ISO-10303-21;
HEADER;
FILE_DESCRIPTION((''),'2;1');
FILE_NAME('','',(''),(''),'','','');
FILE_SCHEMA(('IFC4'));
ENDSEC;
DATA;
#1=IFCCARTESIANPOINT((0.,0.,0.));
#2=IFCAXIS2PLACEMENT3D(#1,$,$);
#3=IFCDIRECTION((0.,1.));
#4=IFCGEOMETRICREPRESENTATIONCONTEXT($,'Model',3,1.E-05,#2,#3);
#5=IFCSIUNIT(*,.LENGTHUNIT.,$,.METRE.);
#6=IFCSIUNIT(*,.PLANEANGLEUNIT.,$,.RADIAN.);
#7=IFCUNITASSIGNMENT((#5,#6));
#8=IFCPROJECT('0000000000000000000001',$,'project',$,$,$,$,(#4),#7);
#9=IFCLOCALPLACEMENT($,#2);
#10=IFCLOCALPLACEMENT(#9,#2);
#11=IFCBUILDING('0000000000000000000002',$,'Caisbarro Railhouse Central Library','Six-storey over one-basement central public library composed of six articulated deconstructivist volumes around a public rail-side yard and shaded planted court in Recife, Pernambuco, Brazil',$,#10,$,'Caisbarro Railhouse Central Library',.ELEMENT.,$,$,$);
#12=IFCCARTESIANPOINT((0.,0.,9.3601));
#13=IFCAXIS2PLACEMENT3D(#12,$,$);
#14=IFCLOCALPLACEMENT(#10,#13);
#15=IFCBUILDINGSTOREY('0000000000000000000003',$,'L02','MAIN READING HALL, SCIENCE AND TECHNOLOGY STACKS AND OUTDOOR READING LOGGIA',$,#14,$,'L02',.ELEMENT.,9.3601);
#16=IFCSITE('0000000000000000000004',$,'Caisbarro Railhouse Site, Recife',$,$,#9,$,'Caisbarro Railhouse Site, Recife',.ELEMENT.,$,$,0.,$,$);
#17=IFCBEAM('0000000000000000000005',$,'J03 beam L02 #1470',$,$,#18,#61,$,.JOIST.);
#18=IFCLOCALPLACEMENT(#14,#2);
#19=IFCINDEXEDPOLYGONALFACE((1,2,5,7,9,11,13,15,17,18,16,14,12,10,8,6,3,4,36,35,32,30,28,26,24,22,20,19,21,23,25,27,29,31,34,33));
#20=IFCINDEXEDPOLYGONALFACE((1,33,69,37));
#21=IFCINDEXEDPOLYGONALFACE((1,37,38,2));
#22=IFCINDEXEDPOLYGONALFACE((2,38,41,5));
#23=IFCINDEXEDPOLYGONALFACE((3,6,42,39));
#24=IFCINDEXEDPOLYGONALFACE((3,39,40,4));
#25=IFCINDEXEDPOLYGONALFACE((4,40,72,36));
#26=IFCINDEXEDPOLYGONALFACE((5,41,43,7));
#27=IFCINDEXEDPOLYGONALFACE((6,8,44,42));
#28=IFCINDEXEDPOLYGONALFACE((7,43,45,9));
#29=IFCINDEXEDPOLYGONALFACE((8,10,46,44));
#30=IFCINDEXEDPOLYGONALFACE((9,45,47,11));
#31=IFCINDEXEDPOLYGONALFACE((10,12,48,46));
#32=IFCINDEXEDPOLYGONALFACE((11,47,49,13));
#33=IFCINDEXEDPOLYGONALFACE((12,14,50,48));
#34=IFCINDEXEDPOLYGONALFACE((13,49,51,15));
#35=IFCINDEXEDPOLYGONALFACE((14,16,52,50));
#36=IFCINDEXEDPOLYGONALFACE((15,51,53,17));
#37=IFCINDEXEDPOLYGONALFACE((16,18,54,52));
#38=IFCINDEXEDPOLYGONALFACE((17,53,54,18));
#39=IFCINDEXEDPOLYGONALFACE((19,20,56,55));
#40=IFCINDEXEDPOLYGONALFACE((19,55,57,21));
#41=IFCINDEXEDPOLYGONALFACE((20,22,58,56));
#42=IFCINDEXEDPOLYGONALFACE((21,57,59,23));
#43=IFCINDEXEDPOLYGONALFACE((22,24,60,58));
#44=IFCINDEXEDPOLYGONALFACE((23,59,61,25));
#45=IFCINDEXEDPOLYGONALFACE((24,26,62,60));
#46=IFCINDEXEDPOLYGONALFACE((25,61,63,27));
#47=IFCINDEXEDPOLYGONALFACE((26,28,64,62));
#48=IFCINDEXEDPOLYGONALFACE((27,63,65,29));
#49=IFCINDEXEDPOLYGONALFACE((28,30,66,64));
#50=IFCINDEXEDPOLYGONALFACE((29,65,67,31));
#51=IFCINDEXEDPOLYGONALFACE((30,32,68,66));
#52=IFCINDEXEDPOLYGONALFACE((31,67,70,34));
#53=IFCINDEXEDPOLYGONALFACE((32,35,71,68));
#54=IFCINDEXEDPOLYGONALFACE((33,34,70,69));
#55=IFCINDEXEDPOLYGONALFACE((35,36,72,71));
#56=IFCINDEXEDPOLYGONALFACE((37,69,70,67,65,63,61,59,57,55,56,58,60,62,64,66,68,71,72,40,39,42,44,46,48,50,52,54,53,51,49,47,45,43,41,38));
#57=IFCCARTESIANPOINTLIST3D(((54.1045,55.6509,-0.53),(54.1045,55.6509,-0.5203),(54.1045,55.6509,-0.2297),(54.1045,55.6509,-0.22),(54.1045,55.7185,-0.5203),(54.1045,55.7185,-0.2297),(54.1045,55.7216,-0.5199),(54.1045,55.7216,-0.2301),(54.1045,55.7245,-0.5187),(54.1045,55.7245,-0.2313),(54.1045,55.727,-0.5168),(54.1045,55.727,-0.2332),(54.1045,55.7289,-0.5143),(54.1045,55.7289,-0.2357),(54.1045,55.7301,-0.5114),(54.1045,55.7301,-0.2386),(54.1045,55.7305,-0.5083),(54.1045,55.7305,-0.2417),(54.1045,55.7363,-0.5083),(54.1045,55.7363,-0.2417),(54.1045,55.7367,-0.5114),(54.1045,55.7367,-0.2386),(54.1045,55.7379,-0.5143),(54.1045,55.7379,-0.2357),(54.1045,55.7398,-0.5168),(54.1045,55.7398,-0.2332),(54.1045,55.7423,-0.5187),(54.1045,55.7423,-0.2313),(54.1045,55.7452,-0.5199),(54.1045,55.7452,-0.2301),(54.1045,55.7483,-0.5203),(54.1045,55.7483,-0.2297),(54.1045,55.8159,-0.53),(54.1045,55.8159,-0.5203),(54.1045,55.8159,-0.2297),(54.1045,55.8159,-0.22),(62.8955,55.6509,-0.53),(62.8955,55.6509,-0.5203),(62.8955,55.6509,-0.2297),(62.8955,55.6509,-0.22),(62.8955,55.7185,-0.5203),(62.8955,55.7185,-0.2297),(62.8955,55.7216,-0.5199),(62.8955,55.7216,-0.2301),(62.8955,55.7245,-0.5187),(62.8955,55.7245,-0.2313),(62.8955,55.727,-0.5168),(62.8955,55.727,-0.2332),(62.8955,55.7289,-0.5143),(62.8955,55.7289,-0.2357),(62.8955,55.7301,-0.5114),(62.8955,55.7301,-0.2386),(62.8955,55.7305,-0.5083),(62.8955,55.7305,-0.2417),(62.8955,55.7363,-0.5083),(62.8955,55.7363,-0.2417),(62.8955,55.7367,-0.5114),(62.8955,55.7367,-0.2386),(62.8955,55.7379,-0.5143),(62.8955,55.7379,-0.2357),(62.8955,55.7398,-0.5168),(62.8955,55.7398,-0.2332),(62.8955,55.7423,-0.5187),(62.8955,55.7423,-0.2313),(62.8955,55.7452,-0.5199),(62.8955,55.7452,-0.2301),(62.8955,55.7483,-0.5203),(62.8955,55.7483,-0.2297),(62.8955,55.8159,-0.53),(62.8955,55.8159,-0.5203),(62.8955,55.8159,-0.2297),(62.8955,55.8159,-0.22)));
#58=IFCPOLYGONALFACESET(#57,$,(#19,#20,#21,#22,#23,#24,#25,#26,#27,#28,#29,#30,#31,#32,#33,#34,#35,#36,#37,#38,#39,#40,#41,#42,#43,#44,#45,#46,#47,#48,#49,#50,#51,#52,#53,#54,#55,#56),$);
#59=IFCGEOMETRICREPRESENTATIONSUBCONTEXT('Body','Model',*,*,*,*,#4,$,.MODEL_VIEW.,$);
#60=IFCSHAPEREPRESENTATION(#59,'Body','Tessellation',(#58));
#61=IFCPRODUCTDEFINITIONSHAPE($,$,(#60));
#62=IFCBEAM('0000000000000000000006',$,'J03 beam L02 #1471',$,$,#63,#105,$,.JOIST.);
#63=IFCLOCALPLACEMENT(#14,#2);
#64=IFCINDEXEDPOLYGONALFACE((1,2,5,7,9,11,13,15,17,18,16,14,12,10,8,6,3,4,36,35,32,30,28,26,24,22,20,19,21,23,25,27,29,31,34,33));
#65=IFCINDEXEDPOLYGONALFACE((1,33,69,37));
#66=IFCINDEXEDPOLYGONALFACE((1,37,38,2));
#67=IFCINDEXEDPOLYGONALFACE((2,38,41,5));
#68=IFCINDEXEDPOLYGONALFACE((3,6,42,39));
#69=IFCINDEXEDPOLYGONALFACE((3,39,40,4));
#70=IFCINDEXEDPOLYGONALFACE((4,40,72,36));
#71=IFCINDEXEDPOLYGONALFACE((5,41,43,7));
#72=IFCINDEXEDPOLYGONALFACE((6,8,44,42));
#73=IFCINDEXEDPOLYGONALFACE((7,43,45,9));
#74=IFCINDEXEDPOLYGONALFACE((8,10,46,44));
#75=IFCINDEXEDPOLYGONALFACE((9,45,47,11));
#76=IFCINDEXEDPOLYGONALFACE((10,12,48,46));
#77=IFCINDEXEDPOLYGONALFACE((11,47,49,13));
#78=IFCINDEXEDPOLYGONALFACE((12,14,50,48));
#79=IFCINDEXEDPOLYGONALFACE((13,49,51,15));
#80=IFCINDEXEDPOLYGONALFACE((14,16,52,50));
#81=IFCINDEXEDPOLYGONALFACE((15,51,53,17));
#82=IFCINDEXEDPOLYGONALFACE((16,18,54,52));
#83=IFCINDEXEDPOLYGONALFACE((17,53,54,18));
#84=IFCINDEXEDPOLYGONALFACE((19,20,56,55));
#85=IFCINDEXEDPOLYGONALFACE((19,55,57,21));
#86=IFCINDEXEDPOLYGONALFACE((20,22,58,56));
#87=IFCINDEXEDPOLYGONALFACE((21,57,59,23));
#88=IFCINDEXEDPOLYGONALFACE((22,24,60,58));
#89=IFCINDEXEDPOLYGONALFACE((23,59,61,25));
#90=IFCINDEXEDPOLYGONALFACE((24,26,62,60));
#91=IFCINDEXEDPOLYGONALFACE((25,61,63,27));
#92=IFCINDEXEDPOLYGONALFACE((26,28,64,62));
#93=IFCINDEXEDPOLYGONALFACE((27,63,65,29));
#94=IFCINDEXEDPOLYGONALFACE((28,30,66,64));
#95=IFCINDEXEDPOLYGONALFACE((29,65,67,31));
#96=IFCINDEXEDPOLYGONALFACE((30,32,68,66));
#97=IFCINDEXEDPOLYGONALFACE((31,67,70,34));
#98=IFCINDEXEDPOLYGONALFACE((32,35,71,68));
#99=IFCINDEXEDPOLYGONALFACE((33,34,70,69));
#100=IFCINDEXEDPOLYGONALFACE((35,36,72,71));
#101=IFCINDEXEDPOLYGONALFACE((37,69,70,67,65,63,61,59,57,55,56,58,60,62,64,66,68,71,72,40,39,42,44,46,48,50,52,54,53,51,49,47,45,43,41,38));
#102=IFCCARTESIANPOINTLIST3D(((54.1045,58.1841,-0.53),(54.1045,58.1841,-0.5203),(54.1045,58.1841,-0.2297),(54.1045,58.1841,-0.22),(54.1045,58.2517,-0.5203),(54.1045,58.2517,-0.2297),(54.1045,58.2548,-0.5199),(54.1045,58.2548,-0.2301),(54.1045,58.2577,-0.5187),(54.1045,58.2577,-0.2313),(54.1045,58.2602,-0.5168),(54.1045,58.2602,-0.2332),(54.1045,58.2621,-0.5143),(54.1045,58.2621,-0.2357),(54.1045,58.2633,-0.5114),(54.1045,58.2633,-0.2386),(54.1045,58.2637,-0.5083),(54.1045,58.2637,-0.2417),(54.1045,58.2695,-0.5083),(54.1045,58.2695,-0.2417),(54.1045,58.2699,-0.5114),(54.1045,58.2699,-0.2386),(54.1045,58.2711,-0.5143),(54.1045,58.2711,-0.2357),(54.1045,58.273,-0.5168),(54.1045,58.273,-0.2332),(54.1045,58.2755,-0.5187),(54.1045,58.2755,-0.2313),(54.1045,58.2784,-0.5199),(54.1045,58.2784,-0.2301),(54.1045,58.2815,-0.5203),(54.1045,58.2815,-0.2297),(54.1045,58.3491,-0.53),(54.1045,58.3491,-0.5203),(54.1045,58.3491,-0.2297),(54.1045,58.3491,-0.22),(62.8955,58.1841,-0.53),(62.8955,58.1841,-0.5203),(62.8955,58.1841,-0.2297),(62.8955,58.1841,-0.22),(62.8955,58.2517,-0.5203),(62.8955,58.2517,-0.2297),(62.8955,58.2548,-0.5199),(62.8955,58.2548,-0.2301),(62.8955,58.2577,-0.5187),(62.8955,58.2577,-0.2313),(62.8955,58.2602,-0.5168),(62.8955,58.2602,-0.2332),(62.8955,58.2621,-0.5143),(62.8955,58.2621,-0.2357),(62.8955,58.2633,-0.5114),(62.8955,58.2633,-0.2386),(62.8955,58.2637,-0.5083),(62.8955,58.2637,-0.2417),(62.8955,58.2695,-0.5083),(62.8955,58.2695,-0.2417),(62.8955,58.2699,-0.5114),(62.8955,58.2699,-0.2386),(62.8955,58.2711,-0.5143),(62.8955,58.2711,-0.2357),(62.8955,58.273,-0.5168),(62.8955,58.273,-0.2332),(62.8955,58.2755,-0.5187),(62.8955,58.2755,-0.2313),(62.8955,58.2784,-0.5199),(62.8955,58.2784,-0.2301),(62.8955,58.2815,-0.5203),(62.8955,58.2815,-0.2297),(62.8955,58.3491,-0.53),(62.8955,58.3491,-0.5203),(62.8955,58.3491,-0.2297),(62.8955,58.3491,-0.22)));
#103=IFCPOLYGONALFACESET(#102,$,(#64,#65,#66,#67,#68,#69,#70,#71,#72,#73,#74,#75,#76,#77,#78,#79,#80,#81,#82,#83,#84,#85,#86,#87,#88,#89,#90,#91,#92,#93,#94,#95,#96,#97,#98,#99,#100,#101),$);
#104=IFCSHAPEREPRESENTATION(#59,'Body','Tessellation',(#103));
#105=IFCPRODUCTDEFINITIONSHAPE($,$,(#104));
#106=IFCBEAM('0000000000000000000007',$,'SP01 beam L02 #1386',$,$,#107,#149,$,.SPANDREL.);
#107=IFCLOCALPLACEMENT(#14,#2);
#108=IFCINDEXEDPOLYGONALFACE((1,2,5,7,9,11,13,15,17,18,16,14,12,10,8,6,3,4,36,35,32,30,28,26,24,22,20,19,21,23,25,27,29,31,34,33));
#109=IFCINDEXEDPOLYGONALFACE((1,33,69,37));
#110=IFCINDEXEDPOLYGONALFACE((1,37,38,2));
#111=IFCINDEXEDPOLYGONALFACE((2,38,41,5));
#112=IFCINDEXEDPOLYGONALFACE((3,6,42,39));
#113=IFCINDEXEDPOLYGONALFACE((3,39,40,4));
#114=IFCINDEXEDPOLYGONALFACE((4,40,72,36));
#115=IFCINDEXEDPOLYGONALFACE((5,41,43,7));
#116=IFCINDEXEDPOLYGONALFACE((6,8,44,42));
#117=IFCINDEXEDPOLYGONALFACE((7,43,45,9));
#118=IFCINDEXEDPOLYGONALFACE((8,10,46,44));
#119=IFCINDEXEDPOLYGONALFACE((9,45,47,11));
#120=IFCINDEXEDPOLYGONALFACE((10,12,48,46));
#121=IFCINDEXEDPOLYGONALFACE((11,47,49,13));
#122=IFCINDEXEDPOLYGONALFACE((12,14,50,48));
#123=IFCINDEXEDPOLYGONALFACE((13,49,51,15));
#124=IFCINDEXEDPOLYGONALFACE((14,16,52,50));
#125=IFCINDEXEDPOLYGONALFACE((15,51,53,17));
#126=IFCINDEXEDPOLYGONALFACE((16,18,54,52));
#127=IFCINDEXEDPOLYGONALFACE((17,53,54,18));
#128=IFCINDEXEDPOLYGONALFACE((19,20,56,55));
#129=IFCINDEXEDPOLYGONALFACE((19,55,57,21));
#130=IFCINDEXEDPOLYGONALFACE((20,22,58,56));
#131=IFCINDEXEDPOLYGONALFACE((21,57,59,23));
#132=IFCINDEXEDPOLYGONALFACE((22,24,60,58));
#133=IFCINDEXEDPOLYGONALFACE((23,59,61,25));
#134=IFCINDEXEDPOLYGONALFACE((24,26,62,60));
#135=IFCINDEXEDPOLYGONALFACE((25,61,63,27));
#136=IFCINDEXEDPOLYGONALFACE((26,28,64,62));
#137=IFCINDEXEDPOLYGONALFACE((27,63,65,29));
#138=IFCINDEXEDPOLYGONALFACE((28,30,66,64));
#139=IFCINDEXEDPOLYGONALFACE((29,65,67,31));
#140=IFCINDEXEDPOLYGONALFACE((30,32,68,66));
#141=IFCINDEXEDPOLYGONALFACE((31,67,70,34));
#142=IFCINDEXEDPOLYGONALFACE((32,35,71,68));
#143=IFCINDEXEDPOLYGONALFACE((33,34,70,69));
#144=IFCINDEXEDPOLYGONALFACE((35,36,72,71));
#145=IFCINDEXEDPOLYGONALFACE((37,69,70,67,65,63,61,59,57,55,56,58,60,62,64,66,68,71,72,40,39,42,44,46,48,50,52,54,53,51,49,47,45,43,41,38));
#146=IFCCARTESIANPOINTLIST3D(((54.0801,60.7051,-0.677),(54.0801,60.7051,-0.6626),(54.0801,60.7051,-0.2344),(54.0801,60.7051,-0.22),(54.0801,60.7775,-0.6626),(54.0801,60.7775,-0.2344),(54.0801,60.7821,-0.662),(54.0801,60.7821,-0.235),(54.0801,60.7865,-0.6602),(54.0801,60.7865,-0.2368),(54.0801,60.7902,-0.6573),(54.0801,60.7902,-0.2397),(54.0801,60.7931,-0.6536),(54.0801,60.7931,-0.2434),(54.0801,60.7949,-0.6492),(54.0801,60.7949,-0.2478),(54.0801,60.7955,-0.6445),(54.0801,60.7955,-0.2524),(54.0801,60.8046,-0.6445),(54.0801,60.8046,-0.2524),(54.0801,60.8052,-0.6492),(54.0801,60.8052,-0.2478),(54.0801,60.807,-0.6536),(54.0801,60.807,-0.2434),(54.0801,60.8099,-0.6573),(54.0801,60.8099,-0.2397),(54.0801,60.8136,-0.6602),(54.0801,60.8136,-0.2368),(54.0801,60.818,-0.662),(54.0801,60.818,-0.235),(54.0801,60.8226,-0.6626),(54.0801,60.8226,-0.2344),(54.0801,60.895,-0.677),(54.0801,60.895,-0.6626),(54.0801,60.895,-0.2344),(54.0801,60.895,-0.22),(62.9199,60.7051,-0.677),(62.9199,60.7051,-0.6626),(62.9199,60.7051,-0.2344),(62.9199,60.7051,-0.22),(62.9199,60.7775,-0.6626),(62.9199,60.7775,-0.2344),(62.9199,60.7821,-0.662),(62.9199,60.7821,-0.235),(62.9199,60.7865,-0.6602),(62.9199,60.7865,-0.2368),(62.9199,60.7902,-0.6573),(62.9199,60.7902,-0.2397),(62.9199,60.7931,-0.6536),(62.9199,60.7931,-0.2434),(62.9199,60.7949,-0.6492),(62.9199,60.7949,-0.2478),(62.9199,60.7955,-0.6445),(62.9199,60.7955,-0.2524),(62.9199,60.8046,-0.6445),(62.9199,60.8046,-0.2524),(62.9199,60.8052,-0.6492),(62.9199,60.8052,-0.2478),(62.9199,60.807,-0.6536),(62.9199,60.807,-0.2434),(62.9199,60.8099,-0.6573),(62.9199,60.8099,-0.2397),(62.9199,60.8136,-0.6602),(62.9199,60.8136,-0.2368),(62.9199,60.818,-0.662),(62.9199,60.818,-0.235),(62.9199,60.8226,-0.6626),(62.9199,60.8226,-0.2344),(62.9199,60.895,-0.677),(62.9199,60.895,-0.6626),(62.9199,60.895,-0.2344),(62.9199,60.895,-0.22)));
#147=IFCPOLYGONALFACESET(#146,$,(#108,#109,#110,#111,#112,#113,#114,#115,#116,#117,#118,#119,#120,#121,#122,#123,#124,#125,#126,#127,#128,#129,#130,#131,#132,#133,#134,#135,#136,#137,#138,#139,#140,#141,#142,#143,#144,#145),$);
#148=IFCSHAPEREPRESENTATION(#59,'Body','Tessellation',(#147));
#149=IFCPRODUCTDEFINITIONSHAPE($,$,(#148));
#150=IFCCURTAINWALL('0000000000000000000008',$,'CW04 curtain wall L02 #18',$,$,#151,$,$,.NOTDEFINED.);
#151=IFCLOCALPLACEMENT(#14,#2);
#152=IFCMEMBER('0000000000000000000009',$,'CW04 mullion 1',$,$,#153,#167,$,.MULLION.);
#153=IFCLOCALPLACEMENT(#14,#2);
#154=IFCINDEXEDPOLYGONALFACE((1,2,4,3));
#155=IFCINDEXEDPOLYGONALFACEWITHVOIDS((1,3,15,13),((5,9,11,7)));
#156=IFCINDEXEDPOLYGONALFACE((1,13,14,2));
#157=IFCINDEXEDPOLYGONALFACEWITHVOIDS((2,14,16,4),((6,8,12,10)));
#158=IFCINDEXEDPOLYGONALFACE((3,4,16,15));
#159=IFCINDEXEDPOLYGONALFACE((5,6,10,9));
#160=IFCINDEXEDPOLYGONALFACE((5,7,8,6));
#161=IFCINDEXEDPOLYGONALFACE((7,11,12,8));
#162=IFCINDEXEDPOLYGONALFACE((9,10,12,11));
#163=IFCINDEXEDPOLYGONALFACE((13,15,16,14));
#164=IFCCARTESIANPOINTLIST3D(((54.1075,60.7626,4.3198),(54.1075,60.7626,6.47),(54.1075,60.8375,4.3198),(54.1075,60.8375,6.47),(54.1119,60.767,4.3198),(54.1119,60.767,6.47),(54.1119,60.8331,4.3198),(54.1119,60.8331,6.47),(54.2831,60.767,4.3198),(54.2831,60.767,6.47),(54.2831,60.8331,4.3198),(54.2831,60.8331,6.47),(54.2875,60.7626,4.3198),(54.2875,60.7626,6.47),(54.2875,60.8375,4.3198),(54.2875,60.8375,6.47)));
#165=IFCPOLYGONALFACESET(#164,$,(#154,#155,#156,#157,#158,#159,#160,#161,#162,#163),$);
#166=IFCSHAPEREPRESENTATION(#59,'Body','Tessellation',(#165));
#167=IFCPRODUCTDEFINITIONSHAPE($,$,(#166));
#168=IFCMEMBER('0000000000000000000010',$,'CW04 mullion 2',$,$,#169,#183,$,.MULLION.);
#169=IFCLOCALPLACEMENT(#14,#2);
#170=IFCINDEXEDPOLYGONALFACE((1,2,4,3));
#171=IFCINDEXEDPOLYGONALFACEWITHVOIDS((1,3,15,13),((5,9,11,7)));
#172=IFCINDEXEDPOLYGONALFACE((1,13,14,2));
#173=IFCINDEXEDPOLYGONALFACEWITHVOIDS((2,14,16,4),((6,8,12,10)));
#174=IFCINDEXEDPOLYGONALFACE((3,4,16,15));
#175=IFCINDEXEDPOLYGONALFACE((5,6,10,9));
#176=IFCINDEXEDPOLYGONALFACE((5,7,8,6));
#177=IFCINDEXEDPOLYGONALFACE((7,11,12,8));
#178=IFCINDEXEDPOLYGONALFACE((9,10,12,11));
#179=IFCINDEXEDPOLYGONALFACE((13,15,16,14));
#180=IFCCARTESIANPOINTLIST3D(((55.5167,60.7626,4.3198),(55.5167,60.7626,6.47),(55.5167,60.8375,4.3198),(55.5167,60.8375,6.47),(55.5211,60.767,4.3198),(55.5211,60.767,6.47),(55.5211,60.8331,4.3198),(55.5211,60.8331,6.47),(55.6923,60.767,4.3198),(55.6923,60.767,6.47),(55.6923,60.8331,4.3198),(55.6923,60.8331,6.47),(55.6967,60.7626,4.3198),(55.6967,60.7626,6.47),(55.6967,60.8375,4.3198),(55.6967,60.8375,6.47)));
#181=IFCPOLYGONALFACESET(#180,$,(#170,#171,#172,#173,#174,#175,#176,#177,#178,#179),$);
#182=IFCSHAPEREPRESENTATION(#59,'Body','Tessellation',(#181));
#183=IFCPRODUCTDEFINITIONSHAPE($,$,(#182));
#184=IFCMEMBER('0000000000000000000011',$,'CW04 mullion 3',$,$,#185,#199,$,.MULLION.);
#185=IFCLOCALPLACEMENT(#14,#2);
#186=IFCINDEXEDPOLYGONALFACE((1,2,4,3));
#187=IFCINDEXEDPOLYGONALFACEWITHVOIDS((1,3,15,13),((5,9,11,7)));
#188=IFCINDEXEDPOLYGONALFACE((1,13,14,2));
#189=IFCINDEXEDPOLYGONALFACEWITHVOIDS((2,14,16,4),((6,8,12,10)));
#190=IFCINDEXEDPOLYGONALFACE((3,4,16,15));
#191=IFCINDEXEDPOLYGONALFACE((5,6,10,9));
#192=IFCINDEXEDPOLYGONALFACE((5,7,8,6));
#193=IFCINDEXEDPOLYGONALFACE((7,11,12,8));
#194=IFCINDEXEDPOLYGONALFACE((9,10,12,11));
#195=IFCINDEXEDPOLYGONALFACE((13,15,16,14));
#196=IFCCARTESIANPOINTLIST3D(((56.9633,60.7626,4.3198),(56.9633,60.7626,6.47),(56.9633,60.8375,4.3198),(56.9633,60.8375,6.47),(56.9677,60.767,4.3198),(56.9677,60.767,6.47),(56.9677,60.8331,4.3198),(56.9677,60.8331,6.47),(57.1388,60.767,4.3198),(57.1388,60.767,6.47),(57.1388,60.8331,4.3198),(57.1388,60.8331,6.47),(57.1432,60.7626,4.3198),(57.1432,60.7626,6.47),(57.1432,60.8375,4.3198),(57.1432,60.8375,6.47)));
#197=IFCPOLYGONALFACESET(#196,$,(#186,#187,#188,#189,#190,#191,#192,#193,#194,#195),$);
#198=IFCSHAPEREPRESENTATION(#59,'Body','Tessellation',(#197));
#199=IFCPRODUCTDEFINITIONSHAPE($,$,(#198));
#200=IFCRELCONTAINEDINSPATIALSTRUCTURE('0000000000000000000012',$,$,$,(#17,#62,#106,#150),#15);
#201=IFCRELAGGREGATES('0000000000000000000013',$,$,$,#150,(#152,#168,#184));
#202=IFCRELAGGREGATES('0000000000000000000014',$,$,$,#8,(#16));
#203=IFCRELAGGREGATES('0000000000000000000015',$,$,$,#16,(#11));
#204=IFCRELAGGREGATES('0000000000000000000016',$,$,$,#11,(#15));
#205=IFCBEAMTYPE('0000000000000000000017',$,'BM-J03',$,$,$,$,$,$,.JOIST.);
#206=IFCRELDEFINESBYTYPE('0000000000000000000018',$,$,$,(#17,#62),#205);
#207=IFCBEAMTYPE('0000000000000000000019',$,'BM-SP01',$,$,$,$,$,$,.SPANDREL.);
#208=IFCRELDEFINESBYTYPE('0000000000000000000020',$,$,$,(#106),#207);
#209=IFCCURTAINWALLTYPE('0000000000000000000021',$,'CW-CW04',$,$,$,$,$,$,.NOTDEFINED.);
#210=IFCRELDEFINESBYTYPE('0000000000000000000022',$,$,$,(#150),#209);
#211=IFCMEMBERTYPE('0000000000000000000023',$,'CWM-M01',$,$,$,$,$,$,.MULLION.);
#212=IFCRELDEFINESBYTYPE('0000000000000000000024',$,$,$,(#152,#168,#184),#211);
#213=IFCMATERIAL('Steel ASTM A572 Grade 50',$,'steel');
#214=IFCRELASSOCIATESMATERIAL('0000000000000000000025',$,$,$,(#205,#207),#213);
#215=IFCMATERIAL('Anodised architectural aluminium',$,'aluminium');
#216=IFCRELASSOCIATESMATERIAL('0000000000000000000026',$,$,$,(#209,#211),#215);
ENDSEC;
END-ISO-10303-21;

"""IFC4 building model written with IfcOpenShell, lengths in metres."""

from ifc_helpers import new_model, si_unit, direction, frame, origin, origin_2d, place, context, subcontext, project, spatial, hollow_rectangle, i_section, extrude, material, material_profile, profile_set, type_object, element, aggregate, save


model = new_model("IFC4")

# Units and contexts
model_context = context("Model", 3, precision=1e-05, world=origin(), true_north=direction((0.0, 1.0)))
body_context = subcontext(model_context, "Body", "Model", "MODEL_VIEW")
ifc_project = project(units=[si_unit("LENGTHUNIT", "METRE"), si_unit("PLANEANGLEUNIT", "RADIAN")], contexts=[model_context])

# Site, building, storey
site_placement = place(None, origin())
site = spatial("IfcSite", under=ifc_project, at=site_placement, Name="Caisbarro Railhouse Site, Recife", LongName="Caisbarro Railhouse Site, Recife", CompositionType="ELEMENT", RefElevation=0.0)
building_placement = place(site_placement, origin())
building = spatial("IfcBuilding", under=site, at=building_placement, Name="Caisbarro Railhouse Central Library", Description="Six-storey over one-basement central public library composed of six articulated deconstructivist volumes around a public rail-side yard and shaded planted court in Recife, Pernambuco, Brazil", LongName="Caisbarro Railhouse Central Library", CompositionType="ELEMENT")
storey_placement = place(building_placement, frame((0.0, 0.0, 9.3601)))
storey = spatial("IfcBuildingStorey", under=building, at=storey_placement, Name="L02", Description="MAIN READING HALL, SCIENCE AND TECHNOLOGY STACKS AND OUTDOOR READING LOGGIA", LongName="L02", CompositionType="ELEMENT", Elevation=9.3601)

# Beams
ifc_material_1 = material(Name="Steel ASTM A572 Grade 50", Category="steel")
ifc_material_profile_1 = material_profile(ifc_material_1, i_section(OverallWidth=0.165, OverallDepth=0.3101, WebThickness=0.0059, FlangeThickness=0.0098, FilletRadius=0.012, at=origin_2d()), Name="W310X38.7")
ifc_profile_set_1 = profile_set([ifc_material_profile_1], Name="Steel ASTM A572 Grade 50")
beam_type_1 = type_object("IfcBeamType", Name="BM-J03", PredefinedType="JOIST", material=ifc_profile_set_1)
for number, where, z_axis, x_axis, name in (
    (1, (54.1045, 55.7334, -0.375), (1.0, 0.0, 0.0), (0.0, 1.0, 0.0), "J03 beam L02 #1470"),
    (2, (54.1045, 58.2666, -0.375), (1.0, 0.0, 0.0), (0.0, 1.0, 0.0), "J03 beam L02 #1471"),
):
    element("IfcBeam", number, at=place(storey_placement, frame(where, z_axis=z_axis, x_axis=x_axis)), inside=storey, type_object=beam_type_1, Name=name, PredefinedType="JOIST", context=body_context, shape_type="SweptSolid", body=[
        extrude(i_section(OverallWidth=0.165, OverallDepth=0.3101, WebThickness=0.0059, FlangeThickness=0.0098, FilletRadius=0.012, at=origin_2d()), origin(), (0.0, 0.0, 1.0), 8.791),
    ])
ifc_material_profile_2 = material_profile(ifc_material_1, i_section(OverallWidth=0.1899, OverallDepth=0.457, WebThickness=0.009, FlangeThickness=0.0144, FilletRadius=0.0181, at=origin_2d()), Name="W460X74.0")
ifc_profile_set_2 = profile_set([ifc_material_profile_2], Name="Steel ASTM A572 Grade 50")
beam_type_2 = type_object("IfcBeamType", Name="BM-SP01", PredefinedType="SPANDREL", material=ifc_profile_set_2)
beam_placement = place(storey_placement, frame((54.0801, 60.8, -0.4485), z_axis=(1.0, 0.0, 0.0), x_axis=(0.0, 1.0, 0.0)))
element("IfcBeam", 3, at=beam_placement, inside=storey, type_object=beam_type_2, Name="SP01 beam L02 #1386", PredefinedType="SPANDREL", context=body_context, shape_type="SweptSolid", body=[
    extrude(i_section(OverallWidth=0.1899, OverallDepth=0.457, WebThickness=0.009, FlangeThickness=0.0144, FilletRadius=0.0181, at=origin_2d()), origin(), (0.0, 0.0, 1.0), 8.8398),
])

# Curtain wall, members
ifc_material_2 = material(Name="Anodised architectural aluminium", Category="aluminium")
curtain_wall_type = type_object("IfcCurtainWallType", Name="CW-CW04", PredefinedType="NOTDEFINED", material=ifc_material_2)
curtain_wall_placement = place(storey_placement, origin())
curtain_wall = element("IfcCurtainWall", 4, at=curtain_wall_placement, inside=storey, type_object=curtain_wall_type, Name="CW04 curtain wall L02 #18", PredefinedType="NOTDEFINED")
ifc_material_profile_3 = material_profile(ifc_material_2, hollow_rectangle(XDim=0.075, YDim=0.1799, WallThickness=0.0044, at=origin_2d()), Name="ALU-MUL-75X180")
ifc_profile_set_3 = profile_set([ifc_material_profile_3], Name="Anodised architectural aluminium")
member_type_1 = type_object("IfcMemberType", Name="CWM-M01", PredefinedType="MULLION", material=ifc_profile_set_3)
member_1_placement = place(storey_placement, frame((54.1975, 60.8, 4.3198), z_axis=(0.0, 0.0, 1.0), x_axis=(0.0, 1.0, 0.0)))
member_1 = element("IfcMember", 5, at=member_1_placement, type_object=member_type_1, Name="CW04 mullion 1", PredefinedType="MULLION", context=body_context, shape_type="SweptSolid", body=[
    extrude(hollow_rectangle(XDim=0.075, YDim=0.1799, WallThickness=0.0044, at=origin_2d()), origin(), (0.0, 0.0, 1.0), 2.1501),
])
member_2_placement = place(storey_placement, frame((55.6067, 60.8, 4.3198), z_axis=(0.0, 0.0, 1.0), x_axis=(0.0, 1.0, 0.0)))
member_2 = element("IfcMember", 6, at=member_2_placement, type_object=member_type_1, Name="CW04 mullion 2", PredefinedType="MULLION", context=body_context, shape_type="SweptSolid", body=[
    extrude(hollow_rectangle(XDim=0.075, YDim=0.1799, WallThickness=0.0044, at=origin_2d()), origin(), (0.0, 0.0, 1.0), 2.1501),
])
member_3_placement = place(storey_placement, frame((57.0532, 60.8, 4.3198), z_axis=(0.0, 0.0, 1.0), x_axis=(0.0, 1.0, 0.0)))
member_3 = element("IfcMember", 7, at=member_3_placement, type_object=member_type_1, Name="CW04 mullion 3", PredefinedType="MULLION", context=body_context, shape_type="SweptSolid", body=[
    extrude(hollow_rectangle(XDim=0.075, YDim=0.1799, WallThickness=0.0044, at=origin_2d()), origin(), (0.0, 0.0, 1.0), 2.1501),
])
aggregate(curtain_wall, [member_1, member_2, member_3])

save(model, "model.ifc")
